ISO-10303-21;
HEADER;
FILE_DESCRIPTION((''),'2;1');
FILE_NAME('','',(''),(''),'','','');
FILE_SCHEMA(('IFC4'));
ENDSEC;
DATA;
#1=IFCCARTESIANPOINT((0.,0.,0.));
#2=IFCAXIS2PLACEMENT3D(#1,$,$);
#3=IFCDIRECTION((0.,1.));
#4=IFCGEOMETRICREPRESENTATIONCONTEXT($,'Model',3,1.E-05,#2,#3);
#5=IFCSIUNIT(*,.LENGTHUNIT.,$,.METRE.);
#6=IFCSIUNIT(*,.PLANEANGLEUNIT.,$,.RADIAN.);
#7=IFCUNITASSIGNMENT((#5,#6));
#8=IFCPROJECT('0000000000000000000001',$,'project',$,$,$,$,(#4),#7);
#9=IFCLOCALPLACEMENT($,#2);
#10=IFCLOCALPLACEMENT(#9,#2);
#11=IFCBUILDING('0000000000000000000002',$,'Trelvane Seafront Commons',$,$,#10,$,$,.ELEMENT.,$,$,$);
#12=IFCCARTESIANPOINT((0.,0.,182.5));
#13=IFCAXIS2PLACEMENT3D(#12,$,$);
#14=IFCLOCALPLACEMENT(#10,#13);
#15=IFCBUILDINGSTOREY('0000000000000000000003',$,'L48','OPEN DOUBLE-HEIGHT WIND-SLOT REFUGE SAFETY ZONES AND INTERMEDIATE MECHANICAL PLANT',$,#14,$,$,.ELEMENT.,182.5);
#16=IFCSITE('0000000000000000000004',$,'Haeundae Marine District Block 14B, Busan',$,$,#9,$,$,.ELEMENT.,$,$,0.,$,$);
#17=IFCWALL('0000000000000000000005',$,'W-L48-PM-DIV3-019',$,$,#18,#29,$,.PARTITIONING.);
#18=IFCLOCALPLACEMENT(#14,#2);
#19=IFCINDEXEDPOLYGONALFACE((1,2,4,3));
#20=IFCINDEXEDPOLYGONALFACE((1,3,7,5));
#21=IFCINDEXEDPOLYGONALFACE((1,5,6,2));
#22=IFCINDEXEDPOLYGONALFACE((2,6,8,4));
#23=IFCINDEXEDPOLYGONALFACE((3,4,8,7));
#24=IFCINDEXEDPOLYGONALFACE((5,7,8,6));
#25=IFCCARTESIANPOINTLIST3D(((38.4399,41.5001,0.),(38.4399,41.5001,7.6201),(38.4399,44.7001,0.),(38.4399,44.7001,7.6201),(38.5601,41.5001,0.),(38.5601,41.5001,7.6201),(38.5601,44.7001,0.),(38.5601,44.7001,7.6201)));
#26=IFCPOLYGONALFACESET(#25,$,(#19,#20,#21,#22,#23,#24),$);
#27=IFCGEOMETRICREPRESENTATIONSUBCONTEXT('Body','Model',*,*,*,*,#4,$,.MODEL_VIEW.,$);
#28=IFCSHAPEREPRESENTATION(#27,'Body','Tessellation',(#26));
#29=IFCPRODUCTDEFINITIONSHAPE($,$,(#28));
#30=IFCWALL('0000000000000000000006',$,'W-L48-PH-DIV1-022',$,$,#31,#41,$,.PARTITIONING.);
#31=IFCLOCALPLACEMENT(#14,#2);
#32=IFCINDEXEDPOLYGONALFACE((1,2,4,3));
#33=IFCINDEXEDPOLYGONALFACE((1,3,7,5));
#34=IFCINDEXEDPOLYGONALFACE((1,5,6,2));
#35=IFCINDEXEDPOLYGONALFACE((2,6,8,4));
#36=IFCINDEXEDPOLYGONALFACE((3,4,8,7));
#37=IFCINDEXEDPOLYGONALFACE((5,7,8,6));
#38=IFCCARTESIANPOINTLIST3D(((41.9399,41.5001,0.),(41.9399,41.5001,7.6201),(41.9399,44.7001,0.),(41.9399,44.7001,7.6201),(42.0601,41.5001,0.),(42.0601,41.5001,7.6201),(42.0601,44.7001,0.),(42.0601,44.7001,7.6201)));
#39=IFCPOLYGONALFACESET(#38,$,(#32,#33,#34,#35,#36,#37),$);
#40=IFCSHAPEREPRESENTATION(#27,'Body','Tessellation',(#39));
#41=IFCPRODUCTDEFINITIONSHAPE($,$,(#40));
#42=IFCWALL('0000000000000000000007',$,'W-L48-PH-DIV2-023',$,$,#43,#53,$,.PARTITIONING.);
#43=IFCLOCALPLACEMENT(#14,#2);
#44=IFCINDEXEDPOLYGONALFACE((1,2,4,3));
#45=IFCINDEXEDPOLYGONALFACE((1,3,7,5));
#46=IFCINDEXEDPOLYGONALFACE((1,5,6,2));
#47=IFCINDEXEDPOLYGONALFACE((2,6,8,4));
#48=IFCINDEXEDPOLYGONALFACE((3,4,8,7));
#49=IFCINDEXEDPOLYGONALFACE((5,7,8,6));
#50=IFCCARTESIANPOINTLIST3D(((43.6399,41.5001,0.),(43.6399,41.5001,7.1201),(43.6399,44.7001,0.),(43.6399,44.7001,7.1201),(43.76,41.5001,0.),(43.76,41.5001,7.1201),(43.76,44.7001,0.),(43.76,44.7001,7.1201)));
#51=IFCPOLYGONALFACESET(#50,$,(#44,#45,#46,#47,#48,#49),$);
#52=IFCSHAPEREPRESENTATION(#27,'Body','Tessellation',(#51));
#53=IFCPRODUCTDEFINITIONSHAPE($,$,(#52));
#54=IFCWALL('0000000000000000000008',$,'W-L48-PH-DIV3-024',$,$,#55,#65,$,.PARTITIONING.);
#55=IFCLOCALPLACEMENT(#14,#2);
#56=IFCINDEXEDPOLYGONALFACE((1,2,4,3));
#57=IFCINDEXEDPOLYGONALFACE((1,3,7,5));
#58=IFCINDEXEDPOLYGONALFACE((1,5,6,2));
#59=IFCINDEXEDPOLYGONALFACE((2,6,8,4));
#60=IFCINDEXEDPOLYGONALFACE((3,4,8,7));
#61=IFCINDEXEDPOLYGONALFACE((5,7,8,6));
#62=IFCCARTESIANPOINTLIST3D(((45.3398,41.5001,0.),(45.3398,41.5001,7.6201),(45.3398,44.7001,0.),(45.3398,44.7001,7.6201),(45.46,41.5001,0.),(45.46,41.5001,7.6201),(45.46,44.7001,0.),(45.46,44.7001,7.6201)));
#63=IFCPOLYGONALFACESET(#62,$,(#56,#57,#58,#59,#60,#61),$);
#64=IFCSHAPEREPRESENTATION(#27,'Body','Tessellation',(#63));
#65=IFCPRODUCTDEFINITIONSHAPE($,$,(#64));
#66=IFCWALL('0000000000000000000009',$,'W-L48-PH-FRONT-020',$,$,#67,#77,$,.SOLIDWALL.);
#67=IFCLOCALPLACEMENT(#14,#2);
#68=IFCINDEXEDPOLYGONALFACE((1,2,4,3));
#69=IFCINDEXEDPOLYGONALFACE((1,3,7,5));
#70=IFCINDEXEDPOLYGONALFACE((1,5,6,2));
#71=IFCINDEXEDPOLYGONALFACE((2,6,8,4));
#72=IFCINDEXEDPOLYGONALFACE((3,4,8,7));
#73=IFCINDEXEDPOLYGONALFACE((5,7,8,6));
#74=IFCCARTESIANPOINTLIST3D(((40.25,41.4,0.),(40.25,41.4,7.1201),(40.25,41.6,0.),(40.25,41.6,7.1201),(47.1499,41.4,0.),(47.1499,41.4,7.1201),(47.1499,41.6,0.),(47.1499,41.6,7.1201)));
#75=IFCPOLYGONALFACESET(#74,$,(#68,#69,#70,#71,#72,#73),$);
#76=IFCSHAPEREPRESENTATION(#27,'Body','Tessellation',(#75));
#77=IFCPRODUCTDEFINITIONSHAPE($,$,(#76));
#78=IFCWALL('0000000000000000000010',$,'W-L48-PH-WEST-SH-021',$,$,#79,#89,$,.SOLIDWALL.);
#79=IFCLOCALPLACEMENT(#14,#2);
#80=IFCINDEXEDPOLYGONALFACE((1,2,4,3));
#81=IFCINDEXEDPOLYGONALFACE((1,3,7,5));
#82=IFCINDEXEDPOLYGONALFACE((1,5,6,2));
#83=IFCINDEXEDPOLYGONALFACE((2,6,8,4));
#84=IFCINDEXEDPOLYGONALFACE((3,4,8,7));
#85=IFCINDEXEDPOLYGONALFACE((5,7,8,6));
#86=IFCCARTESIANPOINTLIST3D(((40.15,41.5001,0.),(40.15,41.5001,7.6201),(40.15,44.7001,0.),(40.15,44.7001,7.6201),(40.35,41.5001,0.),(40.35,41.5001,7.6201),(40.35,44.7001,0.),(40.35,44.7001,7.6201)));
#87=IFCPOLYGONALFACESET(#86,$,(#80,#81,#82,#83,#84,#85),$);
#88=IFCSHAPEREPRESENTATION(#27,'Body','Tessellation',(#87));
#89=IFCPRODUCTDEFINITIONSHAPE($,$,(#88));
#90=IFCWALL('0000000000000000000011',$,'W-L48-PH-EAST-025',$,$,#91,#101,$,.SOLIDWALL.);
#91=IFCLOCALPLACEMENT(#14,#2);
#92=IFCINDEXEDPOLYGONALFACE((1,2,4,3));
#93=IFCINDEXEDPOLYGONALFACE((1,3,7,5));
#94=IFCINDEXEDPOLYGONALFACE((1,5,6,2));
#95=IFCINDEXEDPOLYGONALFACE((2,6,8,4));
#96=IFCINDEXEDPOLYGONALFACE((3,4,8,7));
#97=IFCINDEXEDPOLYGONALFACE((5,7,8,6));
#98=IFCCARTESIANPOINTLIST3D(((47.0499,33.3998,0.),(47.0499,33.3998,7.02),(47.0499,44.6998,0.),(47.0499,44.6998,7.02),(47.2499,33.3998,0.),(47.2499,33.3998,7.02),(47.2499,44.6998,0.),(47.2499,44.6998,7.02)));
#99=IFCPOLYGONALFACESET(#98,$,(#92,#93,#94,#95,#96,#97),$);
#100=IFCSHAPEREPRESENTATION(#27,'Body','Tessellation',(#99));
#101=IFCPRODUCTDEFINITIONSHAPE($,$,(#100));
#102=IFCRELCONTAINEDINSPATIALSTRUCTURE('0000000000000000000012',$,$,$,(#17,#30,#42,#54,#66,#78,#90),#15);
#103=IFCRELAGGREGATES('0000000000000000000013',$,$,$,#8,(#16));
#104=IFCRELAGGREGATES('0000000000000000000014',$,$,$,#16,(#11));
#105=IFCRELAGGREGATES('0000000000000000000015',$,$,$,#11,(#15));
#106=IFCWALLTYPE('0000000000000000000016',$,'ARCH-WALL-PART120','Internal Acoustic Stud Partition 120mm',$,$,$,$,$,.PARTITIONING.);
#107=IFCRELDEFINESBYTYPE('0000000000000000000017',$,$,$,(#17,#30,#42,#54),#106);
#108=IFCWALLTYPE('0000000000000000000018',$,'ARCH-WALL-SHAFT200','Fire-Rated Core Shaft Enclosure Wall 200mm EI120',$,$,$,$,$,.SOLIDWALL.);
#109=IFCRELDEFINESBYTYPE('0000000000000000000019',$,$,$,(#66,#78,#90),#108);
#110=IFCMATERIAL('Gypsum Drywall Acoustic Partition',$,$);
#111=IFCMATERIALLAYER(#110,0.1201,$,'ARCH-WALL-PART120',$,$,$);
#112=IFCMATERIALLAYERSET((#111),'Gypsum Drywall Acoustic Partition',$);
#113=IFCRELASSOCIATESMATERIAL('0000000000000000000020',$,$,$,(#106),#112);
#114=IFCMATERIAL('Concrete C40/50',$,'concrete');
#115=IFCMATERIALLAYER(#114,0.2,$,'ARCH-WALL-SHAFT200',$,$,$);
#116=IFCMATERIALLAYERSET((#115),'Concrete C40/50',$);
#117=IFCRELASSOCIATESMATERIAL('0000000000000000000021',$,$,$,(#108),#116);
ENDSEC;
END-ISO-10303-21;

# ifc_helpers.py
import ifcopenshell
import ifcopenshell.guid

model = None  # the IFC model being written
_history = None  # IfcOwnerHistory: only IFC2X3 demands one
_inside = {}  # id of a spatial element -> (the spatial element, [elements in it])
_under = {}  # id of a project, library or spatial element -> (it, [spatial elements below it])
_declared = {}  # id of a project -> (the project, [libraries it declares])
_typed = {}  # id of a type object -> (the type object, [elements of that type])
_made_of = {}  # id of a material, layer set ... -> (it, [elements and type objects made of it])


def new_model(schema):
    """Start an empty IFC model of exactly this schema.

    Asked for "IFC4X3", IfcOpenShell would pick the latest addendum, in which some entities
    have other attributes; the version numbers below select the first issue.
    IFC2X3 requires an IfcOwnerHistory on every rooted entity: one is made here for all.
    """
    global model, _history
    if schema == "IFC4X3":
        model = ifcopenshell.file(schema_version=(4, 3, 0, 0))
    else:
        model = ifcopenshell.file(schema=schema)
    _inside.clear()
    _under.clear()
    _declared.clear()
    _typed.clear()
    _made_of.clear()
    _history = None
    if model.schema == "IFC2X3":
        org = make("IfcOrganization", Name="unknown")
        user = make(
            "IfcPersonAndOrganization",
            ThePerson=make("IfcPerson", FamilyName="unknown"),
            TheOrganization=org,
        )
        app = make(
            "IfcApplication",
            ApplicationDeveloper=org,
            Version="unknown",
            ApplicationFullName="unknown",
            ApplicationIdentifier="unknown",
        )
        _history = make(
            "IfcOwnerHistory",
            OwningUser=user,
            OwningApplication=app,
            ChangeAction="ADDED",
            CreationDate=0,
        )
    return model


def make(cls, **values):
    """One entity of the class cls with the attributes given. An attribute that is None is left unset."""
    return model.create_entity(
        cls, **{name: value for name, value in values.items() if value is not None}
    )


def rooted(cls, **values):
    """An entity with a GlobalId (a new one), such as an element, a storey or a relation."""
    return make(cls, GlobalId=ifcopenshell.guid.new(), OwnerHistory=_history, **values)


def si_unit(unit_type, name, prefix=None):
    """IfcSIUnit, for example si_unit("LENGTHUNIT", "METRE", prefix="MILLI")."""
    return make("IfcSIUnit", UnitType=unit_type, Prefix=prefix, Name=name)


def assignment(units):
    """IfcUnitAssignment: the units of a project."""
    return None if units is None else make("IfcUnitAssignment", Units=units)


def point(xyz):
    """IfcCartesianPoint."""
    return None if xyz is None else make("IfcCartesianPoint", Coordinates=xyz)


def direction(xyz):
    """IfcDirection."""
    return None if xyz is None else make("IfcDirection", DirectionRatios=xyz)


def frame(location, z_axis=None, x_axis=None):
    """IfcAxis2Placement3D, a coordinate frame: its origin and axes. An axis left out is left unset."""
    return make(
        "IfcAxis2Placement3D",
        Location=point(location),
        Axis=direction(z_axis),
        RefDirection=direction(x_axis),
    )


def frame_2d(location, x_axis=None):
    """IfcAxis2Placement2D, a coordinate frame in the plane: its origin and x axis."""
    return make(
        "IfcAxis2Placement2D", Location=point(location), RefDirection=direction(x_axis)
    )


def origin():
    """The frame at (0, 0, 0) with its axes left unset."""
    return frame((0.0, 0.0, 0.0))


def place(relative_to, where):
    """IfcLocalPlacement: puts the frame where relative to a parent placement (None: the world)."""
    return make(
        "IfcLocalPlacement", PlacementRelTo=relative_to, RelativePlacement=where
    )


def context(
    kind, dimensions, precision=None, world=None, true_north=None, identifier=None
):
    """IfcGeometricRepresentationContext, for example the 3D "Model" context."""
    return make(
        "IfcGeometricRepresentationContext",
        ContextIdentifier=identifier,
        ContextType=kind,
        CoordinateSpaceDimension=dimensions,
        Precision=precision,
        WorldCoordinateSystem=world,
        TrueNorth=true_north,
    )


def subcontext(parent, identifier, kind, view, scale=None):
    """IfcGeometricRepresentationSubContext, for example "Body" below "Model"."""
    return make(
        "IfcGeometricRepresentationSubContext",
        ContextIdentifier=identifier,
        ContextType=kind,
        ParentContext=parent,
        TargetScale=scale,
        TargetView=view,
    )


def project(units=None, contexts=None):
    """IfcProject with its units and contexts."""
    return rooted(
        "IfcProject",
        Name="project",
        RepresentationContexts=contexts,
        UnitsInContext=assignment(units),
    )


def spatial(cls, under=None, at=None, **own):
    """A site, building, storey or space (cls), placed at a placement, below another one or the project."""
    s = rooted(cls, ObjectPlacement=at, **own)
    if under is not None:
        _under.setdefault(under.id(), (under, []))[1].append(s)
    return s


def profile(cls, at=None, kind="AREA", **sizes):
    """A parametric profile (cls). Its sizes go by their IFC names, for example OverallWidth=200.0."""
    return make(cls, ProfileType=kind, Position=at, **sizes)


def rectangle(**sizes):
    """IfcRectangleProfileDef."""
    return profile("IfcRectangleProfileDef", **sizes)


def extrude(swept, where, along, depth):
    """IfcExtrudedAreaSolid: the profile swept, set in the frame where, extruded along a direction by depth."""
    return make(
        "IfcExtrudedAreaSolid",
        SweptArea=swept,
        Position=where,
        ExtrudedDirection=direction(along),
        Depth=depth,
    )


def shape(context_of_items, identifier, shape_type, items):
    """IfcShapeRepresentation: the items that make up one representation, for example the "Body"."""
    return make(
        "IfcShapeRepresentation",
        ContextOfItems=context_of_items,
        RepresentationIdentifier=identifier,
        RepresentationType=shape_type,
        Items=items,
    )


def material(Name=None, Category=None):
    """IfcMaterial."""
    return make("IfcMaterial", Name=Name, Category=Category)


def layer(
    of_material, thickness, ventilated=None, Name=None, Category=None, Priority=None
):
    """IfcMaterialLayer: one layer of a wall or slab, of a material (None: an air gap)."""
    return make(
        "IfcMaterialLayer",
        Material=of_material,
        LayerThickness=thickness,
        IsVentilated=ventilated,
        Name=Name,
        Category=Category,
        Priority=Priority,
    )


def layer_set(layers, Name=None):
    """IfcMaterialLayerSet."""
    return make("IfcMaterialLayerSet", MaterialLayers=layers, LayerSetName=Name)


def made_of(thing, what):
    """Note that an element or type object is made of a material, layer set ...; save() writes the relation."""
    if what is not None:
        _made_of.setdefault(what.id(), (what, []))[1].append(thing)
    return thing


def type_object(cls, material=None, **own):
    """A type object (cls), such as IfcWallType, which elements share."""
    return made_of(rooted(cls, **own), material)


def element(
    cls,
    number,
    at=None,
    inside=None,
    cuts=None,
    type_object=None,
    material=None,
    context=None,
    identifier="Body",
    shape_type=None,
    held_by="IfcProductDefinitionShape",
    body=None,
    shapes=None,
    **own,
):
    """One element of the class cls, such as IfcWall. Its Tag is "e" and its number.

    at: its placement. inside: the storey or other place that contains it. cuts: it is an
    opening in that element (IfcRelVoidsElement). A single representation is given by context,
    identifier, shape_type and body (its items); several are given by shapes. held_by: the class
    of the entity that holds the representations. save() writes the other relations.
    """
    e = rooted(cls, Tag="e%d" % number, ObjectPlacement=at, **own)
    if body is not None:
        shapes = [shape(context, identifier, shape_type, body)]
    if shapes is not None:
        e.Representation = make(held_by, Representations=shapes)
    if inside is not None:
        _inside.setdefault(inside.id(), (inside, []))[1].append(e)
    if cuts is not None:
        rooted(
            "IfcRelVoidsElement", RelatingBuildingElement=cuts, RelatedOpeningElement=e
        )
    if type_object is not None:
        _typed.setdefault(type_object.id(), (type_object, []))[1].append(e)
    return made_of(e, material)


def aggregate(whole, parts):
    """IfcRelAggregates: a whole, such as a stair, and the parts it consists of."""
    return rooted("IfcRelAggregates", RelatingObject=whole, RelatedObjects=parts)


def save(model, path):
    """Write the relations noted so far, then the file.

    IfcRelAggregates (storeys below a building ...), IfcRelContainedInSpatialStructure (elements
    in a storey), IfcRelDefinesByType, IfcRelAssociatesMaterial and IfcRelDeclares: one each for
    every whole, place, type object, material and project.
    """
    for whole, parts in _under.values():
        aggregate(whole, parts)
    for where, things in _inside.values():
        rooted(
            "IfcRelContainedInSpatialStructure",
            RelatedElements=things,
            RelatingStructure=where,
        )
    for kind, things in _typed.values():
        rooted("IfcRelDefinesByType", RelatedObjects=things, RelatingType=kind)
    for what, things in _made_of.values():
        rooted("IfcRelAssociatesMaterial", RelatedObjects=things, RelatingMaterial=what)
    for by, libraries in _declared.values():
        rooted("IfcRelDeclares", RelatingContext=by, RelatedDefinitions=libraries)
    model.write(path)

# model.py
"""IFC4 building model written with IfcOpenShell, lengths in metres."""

from ifc_helpers import new_model, si_unit, direction, frame, frame_2d, origin, place, context, subcontext, project, spatial, rectangle, extrude, material, layer, layer_set, type_object, element, save


model = new_model("IFC4")

# Units and contexts
model_context = context("Model", 3, precision=1e-05, world=origin(), true_north=direction((0.0, 1.0)))
body_context = subcontext(model_context, "Body", "Model", "MODEL_VIEW")
ifc_project = project(units=[si_unit("LENGTHUNIT", "METRE"), si_unit("PLANEANGLEUNIT", "RADIAN")], contexts=[model_context])

# Site, building, storey
site_placement = place(None, origin())
site = spatial("IfcSite", under=ifc_project, at=site_placement, Name="Haeundae Marine District Block 14B, Busan", CompositionType="ELEMENT", RefElevation=0.0)
building_placement = place(site_placement, origin())
building = spatial("IfcBuilding", under=site, at=building_placement, Name="Trelvane Seafront Commons", CompositionType="ELEMENT")
storey_placement = place(building_placement, frame((0.0, 0.0, 182.5)))
storey = spatial("IfcBuildingStorey", under=building, at=storey_placement, Name="L48", Description="OPEN DOUBLE-HEIGHT WIND-SLOT REFUGE SAFETY ZONES AND INTERMEDIATE MECHANICAL PLANT", CompositionType="ELEMENT", Elevation=182.5)

# Shared definitions
ifc_material_1 = material(Name="Concrete C40/50", Category="concrete")

# Walls
ifc_material_2 = material(Name="Gypsum Drywall Acoustic Partition")
ifc_layer_1 = layer(ifc_material_2, 0.1201, Name="ARCH-WALL-PART120")
ifc_layer_set_1 = layer_set([ifc_layer_1], Name="Gypsum Drywall Acoustic Partition")
wall_type_1 = type_object("IfcWallType", Name="ARCH-WALL-PART120", Description="Internal Acoustic Stud Partition 120mm", PredefinedType="PARTITIONING", material=ifc_layer_set_1)
for number, where, z_axis, x_axis, name in (
    (1, (38.5, 41.5, 0.0), (0.0, 0.0, 1.0), (0.0, 1.0, 0.0), "W-L48-PM-DIV3-019"),
    (2, (42.0, 41.5, 0.0), (0.0, 0.0, 1.0), (0.0, 1.0, 0.0), "W-L48-PH-DIV1-022"),
):
    element("IfcWall", number, at=place(storey_placement, frame(where, z_axis=z_axis, x_axis=x_axis)), inside=storey, type_object=wall_type_1, Name=name, PredefinedType="PARTITIONING", context=body_context, shape_type="SweptSolid", body=[
        extrude(rectangle(XDim=3.2, YDim=0.1201, at=frame_2d((1.6001, 0.0))), origin(), (0.0, 0.0, 1.0), 7.6201),
    ])
wall_1_placement = place(storey_placement, frame((43.7, 41.5, 0.0), z_axis=(0.0, 0.0, 1.0), x_axis=(0.0, 1.0, 0.0)))
element("IfcWall", 3, at=wall_1_placement, inside=storey, type_object=wall_type_1, Name="W-L48-PH-DIV2-023", PredefinedType="PARTITIONING", context=body_context, shape_type="SweptSolid", body=[
    extrude(rectangle(XDim=3.2, YDim=0.1201, at=frame_2d((1.6001, 0.0))), origin(), (0.0, 0.0, 1.0), 7.1201),
])
wall_2_placement = place(storey_placement, frame((45.3999, 41.5, 0.0), z_axis=(0.0, 0.0, 1.0), x_axis=(0.0, 1.0, 0.0)))
element("IfcWall", 4, at=wall_2_placement, inside=storey, type_object=wall_type_1, Name="W-L48-PH-DIV3-024", PredefinedType="PARTITIONING", context=body_context, shape_type="SweptSolid", body=[
    extrude(rectangle(XDim=3.2, YDim=0.1201, at=frame_2d((1.6001, 0.0))), origin(), (0.0, 0.0, 1.0), 7.6201),
])
ifc_layer_2 = layer(ifc_material_1, 0.2, Name="ARCH-WALL-SHAFT200")
ifc_layer_set_2 = layer_set([ifc_layer_2], Name="Concrete C40/50")
wall_type_2 = type_object("IfcWallType", Name="ARCH-WALL-SHAFT200", Description="Fire-Rated Core Shaft Enclosure Wall 200mm EI120", PredefinedType="SOLIDWALL", material=ifc_layer_set_2)
wall_3_placement = place(storey_placement, frame((40.25, 41.5, 0.0), z_axis=(0.0, 0.0, 1.0), x_axis=(1.0, 0.0, 0.0)))
element("IfcWall", 5, at=wall_3_placement, inside=storey, type_object=wall_type_2, Name="W-L48-PH-FRONT-020", PredefinedType="SOLIDWALL", context=body_context, shape_type="SweptSolid", body=[
    extrude(rectangle(XDim=6.8999, YDim=0.2, at=frame_2d((3.45, 0.0))), origin(), (0.0, 0.0, 1.0), 7.1201),
])
wall_4_placement = place(storey_placement, frame((40.25, 41.5, 0.0), z_axis=(0.0, 0.0, 1.0), x_axis=(0.0, 1.0, 0.0)))
element("IfcWall", 6, at=wall_4_placement, inside=storey, type_object=wall_type_2, Name="W-L48-PH-WEST-SH-021", PredefinedType="SOLIDWALL", context=body_context, shape_type="SweptSolid", body=[
    extrude(rectangle(XDim=3.2, YDim=0.2, at=frame_2d((1.6001, 0.0))), origin(), (0.0, 0.0, 1.0), 7.6201),
])
wall_5_placement = place(storey_placement, frame((47.1499, 33.3999, 0.0), z_axis=(0.0, 0.0, 1.0), x_axis=(0.0, 1.0, 0.0)))
element("IfcWall", 7, at=wall_5_placement, inside=storey, type_object=wall_type_2, Name="W-L48-PH-EAST-025", PredefinedType="SOLIDWALL", context=body_context, shape_type="SweptSolid", body=[
    extrude(rectangle(XDim=11.3, YDim=0.2, at=frame_2d((5.6499, 0.0))), origin(), (0.0, 0.0, 1.0), 7.02),
])

save(model, "model.ifc")
